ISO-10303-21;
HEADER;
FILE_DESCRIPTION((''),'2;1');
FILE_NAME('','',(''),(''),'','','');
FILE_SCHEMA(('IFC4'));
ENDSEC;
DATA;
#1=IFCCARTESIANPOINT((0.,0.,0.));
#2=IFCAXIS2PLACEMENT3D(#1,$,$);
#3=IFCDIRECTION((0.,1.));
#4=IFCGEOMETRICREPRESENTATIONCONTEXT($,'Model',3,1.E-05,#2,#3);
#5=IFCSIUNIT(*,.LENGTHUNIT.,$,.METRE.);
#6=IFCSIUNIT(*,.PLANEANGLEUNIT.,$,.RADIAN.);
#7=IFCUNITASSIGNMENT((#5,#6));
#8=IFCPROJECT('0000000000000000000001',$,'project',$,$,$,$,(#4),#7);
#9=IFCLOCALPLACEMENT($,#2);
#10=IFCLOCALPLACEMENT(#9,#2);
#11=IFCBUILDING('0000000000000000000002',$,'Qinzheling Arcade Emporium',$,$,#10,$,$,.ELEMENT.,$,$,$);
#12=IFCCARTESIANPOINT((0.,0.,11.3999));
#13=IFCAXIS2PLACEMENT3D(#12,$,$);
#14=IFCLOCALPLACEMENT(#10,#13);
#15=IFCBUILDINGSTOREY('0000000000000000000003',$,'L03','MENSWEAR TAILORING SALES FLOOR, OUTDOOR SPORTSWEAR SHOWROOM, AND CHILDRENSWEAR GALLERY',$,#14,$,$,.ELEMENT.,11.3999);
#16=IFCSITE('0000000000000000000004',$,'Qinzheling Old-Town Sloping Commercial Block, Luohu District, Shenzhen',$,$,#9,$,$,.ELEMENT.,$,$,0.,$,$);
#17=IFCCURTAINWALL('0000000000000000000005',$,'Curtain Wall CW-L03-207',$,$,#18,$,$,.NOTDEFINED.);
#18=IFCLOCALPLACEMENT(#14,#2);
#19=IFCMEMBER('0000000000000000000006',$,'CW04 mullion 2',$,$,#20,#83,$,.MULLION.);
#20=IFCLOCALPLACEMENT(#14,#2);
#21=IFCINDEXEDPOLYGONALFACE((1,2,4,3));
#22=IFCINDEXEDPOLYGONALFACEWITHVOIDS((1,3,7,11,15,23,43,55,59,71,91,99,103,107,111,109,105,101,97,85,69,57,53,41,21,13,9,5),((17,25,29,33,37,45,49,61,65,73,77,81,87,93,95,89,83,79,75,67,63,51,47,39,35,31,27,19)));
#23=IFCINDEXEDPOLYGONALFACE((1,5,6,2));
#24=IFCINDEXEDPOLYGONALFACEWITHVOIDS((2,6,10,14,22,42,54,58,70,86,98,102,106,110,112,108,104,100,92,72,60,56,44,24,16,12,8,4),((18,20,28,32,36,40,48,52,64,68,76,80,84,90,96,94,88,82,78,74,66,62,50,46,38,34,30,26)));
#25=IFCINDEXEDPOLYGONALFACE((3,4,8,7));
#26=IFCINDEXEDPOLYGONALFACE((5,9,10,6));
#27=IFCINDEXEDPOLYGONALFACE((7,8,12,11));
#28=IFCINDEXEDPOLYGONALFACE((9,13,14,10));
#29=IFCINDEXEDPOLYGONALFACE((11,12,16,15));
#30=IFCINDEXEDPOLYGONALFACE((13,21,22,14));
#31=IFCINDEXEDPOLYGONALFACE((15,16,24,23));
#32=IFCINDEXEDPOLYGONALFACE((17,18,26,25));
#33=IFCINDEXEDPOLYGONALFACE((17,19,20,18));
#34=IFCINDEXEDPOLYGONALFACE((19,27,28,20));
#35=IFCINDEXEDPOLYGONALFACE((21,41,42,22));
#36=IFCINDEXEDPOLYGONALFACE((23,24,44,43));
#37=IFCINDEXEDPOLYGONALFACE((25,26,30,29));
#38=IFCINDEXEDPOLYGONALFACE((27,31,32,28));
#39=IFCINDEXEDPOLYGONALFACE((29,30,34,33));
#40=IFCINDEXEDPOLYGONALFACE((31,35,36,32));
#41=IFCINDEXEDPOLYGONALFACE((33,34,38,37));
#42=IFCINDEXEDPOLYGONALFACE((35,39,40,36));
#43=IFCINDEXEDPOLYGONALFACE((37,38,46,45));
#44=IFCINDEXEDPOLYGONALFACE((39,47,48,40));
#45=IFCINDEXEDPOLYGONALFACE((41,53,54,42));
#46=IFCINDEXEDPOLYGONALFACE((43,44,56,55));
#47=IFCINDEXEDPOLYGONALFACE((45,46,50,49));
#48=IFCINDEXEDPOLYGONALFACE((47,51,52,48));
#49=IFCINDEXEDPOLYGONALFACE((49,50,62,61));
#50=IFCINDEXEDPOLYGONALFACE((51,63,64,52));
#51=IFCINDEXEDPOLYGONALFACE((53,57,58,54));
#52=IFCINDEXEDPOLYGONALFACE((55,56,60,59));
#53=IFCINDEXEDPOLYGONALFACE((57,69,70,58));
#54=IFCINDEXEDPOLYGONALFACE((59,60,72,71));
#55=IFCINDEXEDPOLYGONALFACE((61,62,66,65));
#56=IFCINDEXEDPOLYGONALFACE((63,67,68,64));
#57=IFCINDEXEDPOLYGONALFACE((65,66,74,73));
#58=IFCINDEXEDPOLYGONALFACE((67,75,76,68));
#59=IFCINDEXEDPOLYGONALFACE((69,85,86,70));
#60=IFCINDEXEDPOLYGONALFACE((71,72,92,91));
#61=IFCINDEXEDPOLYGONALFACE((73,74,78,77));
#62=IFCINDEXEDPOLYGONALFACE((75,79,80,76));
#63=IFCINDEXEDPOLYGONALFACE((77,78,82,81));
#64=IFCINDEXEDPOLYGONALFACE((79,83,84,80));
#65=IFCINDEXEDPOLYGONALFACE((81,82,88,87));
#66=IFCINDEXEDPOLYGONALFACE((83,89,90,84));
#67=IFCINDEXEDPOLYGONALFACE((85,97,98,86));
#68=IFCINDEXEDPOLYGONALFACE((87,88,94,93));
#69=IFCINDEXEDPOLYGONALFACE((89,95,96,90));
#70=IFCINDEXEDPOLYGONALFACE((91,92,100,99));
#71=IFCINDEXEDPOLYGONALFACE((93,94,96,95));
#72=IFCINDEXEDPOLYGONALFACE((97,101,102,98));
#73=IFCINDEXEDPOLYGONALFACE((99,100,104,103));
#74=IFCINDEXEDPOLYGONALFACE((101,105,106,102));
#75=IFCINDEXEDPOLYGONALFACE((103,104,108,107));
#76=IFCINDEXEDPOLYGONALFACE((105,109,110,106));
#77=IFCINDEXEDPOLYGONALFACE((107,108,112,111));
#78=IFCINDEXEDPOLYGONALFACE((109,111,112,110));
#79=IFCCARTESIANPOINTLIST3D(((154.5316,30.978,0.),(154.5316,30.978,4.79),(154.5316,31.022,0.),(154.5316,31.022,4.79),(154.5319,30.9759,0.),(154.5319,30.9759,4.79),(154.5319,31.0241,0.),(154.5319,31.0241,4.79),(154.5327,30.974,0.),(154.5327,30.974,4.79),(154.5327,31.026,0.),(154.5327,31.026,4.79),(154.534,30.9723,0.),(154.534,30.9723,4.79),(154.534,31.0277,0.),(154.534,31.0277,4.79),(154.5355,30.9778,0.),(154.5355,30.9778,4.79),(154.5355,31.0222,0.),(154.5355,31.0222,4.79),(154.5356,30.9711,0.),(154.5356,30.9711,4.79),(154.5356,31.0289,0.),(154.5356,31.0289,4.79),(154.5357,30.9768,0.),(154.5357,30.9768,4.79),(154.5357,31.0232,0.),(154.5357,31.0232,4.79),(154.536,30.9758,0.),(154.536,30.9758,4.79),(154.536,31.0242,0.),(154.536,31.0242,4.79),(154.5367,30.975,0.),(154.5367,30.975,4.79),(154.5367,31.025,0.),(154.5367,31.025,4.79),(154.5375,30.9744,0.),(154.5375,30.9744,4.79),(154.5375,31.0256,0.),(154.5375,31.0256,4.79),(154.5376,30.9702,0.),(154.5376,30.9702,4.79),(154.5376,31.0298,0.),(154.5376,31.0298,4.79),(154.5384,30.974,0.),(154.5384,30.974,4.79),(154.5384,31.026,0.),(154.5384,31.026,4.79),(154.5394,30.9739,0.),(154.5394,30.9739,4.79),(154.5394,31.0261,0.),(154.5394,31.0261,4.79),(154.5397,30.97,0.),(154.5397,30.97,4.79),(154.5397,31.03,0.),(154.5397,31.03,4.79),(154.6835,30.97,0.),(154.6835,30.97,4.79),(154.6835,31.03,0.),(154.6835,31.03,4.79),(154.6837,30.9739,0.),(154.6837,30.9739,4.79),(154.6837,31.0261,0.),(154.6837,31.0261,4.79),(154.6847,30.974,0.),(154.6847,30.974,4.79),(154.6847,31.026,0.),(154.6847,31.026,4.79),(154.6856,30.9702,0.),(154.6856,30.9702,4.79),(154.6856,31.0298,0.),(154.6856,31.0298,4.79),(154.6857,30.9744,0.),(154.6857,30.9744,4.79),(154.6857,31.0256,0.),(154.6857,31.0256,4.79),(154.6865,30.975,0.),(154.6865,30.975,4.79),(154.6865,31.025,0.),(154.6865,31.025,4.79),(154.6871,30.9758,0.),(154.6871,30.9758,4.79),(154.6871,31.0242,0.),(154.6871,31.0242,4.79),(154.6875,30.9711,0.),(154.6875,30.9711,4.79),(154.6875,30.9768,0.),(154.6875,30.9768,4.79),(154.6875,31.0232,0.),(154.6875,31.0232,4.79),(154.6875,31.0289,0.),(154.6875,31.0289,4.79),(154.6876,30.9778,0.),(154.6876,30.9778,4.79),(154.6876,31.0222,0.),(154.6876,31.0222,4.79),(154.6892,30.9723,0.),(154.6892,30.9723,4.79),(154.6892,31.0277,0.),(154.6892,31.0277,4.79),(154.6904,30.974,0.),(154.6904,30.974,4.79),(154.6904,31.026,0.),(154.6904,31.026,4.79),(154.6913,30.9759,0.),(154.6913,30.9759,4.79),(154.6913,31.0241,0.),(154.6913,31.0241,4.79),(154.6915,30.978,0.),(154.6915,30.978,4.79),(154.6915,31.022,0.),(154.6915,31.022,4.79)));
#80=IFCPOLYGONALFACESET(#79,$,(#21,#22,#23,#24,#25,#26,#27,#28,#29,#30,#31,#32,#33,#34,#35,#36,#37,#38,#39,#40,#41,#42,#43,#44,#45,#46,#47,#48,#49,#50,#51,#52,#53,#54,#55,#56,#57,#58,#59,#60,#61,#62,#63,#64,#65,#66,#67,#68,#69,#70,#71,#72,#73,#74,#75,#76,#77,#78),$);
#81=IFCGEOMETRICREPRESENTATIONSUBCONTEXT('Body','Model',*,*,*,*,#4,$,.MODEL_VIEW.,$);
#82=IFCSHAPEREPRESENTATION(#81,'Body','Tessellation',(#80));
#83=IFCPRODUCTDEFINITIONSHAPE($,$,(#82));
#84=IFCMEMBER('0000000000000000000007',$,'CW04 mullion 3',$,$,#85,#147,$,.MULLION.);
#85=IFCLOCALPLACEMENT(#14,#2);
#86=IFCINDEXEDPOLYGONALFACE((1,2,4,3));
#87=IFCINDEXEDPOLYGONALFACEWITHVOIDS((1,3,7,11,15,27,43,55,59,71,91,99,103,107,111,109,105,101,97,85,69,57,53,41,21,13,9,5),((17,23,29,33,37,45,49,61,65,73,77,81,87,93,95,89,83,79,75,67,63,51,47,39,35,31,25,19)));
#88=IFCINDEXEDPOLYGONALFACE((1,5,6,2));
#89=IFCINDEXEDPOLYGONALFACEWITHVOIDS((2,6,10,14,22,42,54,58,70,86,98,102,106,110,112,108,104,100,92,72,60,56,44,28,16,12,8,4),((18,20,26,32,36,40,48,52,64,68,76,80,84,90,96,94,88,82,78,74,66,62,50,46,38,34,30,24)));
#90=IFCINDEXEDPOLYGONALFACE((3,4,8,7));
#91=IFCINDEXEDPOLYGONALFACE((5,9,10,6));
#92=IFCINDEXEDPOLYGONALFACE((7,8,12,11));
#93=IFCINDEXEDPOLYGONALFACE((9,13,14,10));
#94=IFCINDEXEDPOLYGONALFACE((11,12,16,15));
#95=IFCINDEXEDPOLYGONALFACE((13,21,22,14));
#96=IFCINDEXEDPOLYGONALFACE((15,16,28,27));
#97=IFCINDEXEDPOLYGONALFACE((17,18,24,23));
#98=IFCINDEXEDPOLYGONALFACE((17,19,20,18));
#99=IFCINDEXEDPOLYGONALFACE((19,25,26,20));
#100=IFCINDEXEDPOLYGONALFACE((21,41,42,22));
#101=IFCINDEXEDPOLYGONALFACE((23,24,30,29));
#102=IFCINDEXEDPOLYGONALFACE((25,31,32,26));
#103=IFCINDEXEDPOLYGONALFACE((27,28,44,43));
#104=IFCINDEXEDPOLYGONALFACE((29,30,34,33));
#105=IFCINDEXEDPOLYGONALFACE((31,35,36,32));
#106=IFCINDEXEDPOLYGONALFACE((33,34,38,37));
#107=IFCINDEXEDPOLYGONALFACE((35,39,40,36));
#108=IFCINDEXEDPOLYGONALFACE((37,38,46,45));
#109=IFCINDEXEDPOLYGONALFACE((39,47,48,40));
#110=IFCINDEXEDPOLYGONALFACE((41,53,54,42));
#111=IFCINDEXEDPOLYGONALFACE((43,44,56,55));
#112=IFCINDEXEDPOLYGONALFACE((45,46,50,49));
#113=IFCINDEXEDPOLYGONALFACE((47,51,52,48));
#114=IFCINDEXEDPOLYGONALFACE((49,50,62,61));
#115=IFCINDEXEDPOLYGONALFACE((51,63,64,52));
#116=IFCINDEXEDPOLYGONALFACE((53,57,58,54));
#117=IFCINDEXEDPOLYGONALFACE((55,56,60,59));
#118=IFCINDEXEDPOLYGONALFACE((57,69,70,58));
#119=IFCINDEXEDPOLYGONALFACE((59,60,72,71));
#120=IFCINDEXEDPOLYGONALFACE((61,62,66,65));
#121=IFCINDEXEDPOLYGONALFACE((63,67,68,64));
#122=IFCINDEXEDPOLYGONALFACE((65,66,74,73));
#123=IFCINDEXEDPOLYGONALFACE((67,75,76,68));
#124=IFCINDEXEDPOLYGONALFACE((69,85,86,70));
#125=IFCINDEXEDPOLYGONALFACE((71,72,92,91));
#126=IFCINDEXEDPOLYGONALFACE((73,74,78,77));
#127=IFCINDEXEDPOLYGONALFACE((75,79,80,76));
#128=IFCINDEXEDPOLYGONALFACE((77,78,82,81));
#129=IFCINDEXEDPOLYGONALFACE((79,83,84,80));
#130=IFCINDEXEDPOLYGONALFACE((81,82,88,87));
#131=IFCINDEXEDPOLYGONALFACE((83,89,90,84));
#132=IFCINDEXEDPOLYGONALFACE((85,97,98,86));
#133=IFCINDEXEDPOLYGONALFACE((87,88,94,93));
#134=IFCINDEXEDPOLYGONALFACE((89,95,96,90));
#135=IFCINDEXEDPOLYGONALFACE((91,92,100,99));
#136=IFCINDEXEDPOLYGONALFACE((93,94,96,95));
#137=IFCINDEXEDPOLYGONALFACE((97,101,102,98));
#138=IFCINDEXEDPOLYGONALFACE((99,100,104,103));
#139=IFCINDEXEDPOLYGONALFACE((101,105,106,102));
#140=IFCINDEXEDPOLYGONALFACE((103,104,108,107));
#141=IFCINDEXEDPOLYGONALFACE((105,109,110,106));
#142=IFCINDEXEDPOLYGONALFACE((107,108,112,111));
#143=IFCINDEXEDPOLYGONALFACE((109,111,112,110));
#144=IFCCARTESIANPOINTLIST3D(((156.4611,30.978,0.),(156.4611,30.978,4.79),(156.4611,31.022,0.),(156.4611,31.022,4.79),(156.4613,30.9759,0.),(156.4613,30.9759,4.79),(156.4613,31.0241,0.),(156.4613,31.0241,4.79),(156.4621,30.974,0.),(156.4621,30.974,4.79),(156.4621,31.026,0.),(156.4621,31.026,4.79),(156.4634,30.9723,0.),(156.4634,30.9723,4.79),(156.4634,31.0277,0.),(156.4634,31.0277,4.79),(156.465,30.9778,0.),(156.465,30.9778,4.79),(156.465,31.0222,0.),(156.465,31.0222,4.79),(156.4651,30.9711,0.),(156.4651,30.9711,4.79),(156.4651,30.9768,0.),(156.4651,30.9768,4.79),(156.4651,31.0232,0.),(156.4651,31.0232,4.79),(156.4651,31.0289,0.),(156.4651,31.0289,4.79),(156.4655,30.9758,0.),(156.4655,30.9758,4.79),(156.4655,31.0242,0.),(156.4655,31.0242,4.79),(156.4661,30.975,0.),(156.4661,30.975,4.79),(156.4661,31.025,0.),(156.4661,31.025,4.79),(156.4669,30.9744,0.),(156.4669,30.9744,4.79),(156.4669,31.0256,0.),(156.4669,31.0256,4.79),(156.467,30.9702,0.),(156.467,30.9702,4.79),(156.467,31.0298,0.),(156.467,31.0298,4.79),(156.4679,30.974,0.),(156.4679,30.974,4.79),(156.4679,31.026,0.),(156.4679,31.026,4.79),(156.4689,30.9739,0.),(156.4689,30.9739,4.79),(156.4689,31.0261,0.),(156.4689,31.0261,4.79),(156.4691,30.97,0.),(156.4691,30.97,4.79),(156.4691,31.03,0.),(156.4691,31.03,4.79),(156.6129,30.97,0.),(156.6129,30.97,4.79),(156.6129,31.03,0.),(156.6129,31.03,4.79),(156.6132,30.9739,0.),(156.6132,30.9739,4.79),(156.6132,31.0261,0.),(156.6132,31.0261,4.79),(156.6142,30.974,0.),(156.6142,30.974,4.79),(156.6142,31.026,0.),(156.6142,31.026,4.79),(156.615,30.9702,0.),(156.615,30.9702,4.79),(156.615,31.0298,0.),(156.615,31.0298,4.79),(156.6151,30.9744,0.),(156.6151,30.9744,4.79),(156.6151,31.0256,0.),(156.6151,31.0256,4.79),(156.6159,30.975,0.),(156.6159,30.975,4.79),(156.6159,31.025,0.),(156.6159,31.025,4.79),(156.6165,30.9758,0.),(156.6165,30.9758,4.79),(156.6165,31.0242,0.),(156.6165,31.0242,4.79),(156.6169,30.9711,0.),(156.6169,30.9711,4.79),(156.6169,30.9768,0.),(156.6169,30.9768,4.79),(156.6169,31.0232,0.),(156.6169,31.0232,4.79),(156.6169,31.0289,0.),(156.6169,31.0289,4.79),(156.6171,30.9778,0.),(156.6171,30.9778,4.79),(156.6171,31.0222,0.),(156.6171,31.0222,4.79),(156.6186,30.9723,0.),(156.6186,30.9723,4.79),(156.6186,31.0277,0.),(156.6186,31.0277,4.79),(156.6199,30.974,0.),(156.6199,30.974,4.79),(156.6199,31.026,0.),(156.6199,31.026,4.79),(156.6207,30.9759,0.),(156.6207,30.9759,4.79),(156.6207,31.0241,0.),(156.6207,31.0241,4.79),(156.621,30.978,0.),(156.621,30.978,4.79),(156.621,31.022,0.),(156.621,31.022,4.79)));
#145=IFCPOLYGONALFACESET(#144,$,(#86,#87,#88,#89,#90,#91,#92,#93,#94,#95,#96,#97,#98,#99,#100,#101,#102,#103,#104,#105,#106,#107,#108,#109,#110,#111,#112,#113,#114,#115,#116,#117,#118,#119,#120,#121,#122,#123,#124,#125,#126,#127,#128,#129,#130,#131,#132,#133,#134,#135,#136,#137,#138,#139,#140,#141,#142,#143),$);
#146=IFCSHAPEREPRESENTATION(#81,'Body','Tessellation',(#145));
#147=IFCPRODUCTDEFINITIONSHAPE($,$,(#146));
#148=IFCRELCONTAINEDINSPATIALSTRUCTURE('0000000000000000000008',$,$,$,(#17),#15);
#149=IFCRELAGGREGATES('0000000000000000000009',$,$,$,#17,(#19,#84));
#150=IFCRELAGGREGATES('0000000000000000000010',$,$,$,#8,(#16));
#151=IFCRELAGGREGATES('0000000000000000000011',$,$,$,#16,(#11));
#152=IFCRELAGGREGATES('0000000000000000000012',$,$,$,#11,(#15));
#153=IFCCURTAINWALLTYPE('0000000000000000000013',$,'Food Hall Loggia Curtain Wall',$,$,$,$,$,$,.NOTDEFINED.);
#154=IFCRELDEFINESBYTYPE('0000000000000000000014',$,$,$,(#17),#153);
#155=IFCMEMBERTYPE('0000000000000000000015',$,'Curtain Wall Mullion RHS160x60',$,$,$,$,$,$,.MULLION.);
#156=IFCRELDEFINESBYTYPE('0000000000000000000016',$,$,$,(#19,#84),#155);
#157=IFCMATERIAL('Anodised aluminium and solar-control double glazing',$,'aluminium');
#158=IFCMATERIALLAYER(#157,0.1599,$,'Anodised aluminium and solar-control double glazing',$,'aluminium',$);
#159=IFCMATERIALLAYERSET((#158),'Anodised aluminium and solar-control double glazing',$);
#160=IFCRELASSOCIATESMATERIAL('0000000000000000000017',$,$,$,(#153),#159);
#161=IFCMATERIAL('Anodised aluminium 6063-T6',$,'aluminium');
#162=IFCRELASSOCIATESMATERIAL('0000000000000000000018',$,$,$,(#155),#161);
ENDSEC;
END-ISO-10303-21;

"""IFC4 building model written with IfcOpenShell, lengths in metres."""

from ifc_helpers import new_model, si_unit, direction, frame, origin, origin_2d, place, context, subcontext, project, spatial, hollow_rectangle, extrude, material, layer, layer_set, material_profile, profile_set, type_object, element, aggregate, save


model = new_model("IFC4")

# Units and contexts
model_context = context("Model", 3, precision=1e-05, world=origin(), true_north=direction((0.0, 1.0)))
body_context = subcontext(model_context, "Body", "Model", "MODEL_VIEW")
ifc_project = project(units=[si_unit("LENGTHUNIT", "METRE"), si_unit("PLANEANGLEUNIT", "RADIAN")], contexts=[model_context])

# Site, building, storey
site_placement = place(None, origin())
site = spatial("IfcSite", under=ifc_project, at=site_placement, Name="Qinzheling Old-Town Sloping Commercial Block, Luohu District, Shenzhen", CompositionType="ELEMENT", RefElevation=0.0)
building_placement = place(site_placement, origin())
building = spatial("IfcBuilding", under=site, at=building_placement, Name="Qinzheling Arcade Emporium", CompositionType="ELEMENT")
storey_placement = place(building_placement, frame((0.0, 0.0, 11.3999)))
storey = spatial("IfcBuildingStorey", under=building, at=storey_placement, Name="L03", Description="MENSWEAR TAILORING SALES FLOOR, OUTDOOR SPORTSWEAR SHOWROOM, AND CHILDRENSWEAR GALLERY", CompositionType="ELEMENT", Elevation=11.3999)

# Curtain wall, members
ifc_material_1 = material(Name="Anodised aluminium and solar-control double glazing", Category="aluminium")
ifc_layer_1 = layer(ifc_material_1, 0.1599, Name="Anodised aluminium and solar-control double glazing", Category="aluminium")
ifc_layer_set_1 = layer_set([ifc_layer_1], Name="Anodised aluminium and solar-control double glazing")
curtain_wall_type = type_object("IfcCurtainWallType", Name="Food Hall Loggia Curtain Wall", PredefinedType="NOTDEFINED", material=ifc_layer_set_1)
curtain_wall_placement = place(storey_placement, origin())
curtain_wall = element("IfcCurtainWall", 1, at=curtain_wall_placement, inside=storey, type_object=curtain_wall_type, Name="Curtain Wall CW-L03-207", PredefinedType="NOTDEFINED")
ifc_material_2 = material(Name="Anodised aluminium 6063-T6", Category="aluminium")
ifc_material_profile_1 = material_profile(ifc_material_2, hollow_rectangle(XDim=0.0601, YDim=0.1599, WallThickness=0.0039, InnerFilletRadius=0.0039, OuterFilletRadius=0.0081, at=origin_2d()), Name="RHS 160x60x4", Category="aluminium")
ifc_profile_set_1 = profile_set([ifc_material_profile_1], Name="Anodised aluminium 6063-T6")
member_type_1 = type_object("IfcMemberType", Name="Curtain Wall Mullion RHS160x60", PredefinedType="MULLION", material=ifc_profile_set_1)
member_1_placement = place(storey_placement, frame((154.6116, 31.0, 0.0), z_axis=(0.0, 0.0, 1.0), x_axis=(0.0, 1.0, 0.0)))
member_1 = element("IfcMember", 2, at=member_1_placement, type_object=member_type_1, Name="CW04 mullion 2", PredefinedType="MULLION", context=body_context, shape_type="SweptSolid", body=[
    extrude(hollow_rectangle(XDim=0.0601, YDim=0.1599, WallThickness=0.0039, InnerFilletRadius=0.0039, OuterFilletRadius=0.0081, at=origin_2d()), origin(), (0.0, 0.0, 1.0), 4.79),
])
member_2_placement = place(storey_placement, frame((156.541, 31.0, 0.0), z_axis=(0.0, 0.0, 1.0), x_axis=(0.0, 1.0, 0.0)))
member_2 = element("IfcMember", 3, at=member_2_placement, type_object=member_type_1, Name="CW04 mullion 3", PredefinedType="MULLION", context=body_context, shape_type="SweptSolid", body=[
    extrude(hollow_rectangle(XDim=0.0601, YDim=0.1599, WallThickness=0.0039, InnerFilletRadius=0.0039, OuterFilletRadius=0.0081, at=origin_2d()), origin(), (0.0, 0.0, 1.0), 4.79),
])
aggregate(curtain_wall, [member_1, member_2])

save(model, "model.ifc")
